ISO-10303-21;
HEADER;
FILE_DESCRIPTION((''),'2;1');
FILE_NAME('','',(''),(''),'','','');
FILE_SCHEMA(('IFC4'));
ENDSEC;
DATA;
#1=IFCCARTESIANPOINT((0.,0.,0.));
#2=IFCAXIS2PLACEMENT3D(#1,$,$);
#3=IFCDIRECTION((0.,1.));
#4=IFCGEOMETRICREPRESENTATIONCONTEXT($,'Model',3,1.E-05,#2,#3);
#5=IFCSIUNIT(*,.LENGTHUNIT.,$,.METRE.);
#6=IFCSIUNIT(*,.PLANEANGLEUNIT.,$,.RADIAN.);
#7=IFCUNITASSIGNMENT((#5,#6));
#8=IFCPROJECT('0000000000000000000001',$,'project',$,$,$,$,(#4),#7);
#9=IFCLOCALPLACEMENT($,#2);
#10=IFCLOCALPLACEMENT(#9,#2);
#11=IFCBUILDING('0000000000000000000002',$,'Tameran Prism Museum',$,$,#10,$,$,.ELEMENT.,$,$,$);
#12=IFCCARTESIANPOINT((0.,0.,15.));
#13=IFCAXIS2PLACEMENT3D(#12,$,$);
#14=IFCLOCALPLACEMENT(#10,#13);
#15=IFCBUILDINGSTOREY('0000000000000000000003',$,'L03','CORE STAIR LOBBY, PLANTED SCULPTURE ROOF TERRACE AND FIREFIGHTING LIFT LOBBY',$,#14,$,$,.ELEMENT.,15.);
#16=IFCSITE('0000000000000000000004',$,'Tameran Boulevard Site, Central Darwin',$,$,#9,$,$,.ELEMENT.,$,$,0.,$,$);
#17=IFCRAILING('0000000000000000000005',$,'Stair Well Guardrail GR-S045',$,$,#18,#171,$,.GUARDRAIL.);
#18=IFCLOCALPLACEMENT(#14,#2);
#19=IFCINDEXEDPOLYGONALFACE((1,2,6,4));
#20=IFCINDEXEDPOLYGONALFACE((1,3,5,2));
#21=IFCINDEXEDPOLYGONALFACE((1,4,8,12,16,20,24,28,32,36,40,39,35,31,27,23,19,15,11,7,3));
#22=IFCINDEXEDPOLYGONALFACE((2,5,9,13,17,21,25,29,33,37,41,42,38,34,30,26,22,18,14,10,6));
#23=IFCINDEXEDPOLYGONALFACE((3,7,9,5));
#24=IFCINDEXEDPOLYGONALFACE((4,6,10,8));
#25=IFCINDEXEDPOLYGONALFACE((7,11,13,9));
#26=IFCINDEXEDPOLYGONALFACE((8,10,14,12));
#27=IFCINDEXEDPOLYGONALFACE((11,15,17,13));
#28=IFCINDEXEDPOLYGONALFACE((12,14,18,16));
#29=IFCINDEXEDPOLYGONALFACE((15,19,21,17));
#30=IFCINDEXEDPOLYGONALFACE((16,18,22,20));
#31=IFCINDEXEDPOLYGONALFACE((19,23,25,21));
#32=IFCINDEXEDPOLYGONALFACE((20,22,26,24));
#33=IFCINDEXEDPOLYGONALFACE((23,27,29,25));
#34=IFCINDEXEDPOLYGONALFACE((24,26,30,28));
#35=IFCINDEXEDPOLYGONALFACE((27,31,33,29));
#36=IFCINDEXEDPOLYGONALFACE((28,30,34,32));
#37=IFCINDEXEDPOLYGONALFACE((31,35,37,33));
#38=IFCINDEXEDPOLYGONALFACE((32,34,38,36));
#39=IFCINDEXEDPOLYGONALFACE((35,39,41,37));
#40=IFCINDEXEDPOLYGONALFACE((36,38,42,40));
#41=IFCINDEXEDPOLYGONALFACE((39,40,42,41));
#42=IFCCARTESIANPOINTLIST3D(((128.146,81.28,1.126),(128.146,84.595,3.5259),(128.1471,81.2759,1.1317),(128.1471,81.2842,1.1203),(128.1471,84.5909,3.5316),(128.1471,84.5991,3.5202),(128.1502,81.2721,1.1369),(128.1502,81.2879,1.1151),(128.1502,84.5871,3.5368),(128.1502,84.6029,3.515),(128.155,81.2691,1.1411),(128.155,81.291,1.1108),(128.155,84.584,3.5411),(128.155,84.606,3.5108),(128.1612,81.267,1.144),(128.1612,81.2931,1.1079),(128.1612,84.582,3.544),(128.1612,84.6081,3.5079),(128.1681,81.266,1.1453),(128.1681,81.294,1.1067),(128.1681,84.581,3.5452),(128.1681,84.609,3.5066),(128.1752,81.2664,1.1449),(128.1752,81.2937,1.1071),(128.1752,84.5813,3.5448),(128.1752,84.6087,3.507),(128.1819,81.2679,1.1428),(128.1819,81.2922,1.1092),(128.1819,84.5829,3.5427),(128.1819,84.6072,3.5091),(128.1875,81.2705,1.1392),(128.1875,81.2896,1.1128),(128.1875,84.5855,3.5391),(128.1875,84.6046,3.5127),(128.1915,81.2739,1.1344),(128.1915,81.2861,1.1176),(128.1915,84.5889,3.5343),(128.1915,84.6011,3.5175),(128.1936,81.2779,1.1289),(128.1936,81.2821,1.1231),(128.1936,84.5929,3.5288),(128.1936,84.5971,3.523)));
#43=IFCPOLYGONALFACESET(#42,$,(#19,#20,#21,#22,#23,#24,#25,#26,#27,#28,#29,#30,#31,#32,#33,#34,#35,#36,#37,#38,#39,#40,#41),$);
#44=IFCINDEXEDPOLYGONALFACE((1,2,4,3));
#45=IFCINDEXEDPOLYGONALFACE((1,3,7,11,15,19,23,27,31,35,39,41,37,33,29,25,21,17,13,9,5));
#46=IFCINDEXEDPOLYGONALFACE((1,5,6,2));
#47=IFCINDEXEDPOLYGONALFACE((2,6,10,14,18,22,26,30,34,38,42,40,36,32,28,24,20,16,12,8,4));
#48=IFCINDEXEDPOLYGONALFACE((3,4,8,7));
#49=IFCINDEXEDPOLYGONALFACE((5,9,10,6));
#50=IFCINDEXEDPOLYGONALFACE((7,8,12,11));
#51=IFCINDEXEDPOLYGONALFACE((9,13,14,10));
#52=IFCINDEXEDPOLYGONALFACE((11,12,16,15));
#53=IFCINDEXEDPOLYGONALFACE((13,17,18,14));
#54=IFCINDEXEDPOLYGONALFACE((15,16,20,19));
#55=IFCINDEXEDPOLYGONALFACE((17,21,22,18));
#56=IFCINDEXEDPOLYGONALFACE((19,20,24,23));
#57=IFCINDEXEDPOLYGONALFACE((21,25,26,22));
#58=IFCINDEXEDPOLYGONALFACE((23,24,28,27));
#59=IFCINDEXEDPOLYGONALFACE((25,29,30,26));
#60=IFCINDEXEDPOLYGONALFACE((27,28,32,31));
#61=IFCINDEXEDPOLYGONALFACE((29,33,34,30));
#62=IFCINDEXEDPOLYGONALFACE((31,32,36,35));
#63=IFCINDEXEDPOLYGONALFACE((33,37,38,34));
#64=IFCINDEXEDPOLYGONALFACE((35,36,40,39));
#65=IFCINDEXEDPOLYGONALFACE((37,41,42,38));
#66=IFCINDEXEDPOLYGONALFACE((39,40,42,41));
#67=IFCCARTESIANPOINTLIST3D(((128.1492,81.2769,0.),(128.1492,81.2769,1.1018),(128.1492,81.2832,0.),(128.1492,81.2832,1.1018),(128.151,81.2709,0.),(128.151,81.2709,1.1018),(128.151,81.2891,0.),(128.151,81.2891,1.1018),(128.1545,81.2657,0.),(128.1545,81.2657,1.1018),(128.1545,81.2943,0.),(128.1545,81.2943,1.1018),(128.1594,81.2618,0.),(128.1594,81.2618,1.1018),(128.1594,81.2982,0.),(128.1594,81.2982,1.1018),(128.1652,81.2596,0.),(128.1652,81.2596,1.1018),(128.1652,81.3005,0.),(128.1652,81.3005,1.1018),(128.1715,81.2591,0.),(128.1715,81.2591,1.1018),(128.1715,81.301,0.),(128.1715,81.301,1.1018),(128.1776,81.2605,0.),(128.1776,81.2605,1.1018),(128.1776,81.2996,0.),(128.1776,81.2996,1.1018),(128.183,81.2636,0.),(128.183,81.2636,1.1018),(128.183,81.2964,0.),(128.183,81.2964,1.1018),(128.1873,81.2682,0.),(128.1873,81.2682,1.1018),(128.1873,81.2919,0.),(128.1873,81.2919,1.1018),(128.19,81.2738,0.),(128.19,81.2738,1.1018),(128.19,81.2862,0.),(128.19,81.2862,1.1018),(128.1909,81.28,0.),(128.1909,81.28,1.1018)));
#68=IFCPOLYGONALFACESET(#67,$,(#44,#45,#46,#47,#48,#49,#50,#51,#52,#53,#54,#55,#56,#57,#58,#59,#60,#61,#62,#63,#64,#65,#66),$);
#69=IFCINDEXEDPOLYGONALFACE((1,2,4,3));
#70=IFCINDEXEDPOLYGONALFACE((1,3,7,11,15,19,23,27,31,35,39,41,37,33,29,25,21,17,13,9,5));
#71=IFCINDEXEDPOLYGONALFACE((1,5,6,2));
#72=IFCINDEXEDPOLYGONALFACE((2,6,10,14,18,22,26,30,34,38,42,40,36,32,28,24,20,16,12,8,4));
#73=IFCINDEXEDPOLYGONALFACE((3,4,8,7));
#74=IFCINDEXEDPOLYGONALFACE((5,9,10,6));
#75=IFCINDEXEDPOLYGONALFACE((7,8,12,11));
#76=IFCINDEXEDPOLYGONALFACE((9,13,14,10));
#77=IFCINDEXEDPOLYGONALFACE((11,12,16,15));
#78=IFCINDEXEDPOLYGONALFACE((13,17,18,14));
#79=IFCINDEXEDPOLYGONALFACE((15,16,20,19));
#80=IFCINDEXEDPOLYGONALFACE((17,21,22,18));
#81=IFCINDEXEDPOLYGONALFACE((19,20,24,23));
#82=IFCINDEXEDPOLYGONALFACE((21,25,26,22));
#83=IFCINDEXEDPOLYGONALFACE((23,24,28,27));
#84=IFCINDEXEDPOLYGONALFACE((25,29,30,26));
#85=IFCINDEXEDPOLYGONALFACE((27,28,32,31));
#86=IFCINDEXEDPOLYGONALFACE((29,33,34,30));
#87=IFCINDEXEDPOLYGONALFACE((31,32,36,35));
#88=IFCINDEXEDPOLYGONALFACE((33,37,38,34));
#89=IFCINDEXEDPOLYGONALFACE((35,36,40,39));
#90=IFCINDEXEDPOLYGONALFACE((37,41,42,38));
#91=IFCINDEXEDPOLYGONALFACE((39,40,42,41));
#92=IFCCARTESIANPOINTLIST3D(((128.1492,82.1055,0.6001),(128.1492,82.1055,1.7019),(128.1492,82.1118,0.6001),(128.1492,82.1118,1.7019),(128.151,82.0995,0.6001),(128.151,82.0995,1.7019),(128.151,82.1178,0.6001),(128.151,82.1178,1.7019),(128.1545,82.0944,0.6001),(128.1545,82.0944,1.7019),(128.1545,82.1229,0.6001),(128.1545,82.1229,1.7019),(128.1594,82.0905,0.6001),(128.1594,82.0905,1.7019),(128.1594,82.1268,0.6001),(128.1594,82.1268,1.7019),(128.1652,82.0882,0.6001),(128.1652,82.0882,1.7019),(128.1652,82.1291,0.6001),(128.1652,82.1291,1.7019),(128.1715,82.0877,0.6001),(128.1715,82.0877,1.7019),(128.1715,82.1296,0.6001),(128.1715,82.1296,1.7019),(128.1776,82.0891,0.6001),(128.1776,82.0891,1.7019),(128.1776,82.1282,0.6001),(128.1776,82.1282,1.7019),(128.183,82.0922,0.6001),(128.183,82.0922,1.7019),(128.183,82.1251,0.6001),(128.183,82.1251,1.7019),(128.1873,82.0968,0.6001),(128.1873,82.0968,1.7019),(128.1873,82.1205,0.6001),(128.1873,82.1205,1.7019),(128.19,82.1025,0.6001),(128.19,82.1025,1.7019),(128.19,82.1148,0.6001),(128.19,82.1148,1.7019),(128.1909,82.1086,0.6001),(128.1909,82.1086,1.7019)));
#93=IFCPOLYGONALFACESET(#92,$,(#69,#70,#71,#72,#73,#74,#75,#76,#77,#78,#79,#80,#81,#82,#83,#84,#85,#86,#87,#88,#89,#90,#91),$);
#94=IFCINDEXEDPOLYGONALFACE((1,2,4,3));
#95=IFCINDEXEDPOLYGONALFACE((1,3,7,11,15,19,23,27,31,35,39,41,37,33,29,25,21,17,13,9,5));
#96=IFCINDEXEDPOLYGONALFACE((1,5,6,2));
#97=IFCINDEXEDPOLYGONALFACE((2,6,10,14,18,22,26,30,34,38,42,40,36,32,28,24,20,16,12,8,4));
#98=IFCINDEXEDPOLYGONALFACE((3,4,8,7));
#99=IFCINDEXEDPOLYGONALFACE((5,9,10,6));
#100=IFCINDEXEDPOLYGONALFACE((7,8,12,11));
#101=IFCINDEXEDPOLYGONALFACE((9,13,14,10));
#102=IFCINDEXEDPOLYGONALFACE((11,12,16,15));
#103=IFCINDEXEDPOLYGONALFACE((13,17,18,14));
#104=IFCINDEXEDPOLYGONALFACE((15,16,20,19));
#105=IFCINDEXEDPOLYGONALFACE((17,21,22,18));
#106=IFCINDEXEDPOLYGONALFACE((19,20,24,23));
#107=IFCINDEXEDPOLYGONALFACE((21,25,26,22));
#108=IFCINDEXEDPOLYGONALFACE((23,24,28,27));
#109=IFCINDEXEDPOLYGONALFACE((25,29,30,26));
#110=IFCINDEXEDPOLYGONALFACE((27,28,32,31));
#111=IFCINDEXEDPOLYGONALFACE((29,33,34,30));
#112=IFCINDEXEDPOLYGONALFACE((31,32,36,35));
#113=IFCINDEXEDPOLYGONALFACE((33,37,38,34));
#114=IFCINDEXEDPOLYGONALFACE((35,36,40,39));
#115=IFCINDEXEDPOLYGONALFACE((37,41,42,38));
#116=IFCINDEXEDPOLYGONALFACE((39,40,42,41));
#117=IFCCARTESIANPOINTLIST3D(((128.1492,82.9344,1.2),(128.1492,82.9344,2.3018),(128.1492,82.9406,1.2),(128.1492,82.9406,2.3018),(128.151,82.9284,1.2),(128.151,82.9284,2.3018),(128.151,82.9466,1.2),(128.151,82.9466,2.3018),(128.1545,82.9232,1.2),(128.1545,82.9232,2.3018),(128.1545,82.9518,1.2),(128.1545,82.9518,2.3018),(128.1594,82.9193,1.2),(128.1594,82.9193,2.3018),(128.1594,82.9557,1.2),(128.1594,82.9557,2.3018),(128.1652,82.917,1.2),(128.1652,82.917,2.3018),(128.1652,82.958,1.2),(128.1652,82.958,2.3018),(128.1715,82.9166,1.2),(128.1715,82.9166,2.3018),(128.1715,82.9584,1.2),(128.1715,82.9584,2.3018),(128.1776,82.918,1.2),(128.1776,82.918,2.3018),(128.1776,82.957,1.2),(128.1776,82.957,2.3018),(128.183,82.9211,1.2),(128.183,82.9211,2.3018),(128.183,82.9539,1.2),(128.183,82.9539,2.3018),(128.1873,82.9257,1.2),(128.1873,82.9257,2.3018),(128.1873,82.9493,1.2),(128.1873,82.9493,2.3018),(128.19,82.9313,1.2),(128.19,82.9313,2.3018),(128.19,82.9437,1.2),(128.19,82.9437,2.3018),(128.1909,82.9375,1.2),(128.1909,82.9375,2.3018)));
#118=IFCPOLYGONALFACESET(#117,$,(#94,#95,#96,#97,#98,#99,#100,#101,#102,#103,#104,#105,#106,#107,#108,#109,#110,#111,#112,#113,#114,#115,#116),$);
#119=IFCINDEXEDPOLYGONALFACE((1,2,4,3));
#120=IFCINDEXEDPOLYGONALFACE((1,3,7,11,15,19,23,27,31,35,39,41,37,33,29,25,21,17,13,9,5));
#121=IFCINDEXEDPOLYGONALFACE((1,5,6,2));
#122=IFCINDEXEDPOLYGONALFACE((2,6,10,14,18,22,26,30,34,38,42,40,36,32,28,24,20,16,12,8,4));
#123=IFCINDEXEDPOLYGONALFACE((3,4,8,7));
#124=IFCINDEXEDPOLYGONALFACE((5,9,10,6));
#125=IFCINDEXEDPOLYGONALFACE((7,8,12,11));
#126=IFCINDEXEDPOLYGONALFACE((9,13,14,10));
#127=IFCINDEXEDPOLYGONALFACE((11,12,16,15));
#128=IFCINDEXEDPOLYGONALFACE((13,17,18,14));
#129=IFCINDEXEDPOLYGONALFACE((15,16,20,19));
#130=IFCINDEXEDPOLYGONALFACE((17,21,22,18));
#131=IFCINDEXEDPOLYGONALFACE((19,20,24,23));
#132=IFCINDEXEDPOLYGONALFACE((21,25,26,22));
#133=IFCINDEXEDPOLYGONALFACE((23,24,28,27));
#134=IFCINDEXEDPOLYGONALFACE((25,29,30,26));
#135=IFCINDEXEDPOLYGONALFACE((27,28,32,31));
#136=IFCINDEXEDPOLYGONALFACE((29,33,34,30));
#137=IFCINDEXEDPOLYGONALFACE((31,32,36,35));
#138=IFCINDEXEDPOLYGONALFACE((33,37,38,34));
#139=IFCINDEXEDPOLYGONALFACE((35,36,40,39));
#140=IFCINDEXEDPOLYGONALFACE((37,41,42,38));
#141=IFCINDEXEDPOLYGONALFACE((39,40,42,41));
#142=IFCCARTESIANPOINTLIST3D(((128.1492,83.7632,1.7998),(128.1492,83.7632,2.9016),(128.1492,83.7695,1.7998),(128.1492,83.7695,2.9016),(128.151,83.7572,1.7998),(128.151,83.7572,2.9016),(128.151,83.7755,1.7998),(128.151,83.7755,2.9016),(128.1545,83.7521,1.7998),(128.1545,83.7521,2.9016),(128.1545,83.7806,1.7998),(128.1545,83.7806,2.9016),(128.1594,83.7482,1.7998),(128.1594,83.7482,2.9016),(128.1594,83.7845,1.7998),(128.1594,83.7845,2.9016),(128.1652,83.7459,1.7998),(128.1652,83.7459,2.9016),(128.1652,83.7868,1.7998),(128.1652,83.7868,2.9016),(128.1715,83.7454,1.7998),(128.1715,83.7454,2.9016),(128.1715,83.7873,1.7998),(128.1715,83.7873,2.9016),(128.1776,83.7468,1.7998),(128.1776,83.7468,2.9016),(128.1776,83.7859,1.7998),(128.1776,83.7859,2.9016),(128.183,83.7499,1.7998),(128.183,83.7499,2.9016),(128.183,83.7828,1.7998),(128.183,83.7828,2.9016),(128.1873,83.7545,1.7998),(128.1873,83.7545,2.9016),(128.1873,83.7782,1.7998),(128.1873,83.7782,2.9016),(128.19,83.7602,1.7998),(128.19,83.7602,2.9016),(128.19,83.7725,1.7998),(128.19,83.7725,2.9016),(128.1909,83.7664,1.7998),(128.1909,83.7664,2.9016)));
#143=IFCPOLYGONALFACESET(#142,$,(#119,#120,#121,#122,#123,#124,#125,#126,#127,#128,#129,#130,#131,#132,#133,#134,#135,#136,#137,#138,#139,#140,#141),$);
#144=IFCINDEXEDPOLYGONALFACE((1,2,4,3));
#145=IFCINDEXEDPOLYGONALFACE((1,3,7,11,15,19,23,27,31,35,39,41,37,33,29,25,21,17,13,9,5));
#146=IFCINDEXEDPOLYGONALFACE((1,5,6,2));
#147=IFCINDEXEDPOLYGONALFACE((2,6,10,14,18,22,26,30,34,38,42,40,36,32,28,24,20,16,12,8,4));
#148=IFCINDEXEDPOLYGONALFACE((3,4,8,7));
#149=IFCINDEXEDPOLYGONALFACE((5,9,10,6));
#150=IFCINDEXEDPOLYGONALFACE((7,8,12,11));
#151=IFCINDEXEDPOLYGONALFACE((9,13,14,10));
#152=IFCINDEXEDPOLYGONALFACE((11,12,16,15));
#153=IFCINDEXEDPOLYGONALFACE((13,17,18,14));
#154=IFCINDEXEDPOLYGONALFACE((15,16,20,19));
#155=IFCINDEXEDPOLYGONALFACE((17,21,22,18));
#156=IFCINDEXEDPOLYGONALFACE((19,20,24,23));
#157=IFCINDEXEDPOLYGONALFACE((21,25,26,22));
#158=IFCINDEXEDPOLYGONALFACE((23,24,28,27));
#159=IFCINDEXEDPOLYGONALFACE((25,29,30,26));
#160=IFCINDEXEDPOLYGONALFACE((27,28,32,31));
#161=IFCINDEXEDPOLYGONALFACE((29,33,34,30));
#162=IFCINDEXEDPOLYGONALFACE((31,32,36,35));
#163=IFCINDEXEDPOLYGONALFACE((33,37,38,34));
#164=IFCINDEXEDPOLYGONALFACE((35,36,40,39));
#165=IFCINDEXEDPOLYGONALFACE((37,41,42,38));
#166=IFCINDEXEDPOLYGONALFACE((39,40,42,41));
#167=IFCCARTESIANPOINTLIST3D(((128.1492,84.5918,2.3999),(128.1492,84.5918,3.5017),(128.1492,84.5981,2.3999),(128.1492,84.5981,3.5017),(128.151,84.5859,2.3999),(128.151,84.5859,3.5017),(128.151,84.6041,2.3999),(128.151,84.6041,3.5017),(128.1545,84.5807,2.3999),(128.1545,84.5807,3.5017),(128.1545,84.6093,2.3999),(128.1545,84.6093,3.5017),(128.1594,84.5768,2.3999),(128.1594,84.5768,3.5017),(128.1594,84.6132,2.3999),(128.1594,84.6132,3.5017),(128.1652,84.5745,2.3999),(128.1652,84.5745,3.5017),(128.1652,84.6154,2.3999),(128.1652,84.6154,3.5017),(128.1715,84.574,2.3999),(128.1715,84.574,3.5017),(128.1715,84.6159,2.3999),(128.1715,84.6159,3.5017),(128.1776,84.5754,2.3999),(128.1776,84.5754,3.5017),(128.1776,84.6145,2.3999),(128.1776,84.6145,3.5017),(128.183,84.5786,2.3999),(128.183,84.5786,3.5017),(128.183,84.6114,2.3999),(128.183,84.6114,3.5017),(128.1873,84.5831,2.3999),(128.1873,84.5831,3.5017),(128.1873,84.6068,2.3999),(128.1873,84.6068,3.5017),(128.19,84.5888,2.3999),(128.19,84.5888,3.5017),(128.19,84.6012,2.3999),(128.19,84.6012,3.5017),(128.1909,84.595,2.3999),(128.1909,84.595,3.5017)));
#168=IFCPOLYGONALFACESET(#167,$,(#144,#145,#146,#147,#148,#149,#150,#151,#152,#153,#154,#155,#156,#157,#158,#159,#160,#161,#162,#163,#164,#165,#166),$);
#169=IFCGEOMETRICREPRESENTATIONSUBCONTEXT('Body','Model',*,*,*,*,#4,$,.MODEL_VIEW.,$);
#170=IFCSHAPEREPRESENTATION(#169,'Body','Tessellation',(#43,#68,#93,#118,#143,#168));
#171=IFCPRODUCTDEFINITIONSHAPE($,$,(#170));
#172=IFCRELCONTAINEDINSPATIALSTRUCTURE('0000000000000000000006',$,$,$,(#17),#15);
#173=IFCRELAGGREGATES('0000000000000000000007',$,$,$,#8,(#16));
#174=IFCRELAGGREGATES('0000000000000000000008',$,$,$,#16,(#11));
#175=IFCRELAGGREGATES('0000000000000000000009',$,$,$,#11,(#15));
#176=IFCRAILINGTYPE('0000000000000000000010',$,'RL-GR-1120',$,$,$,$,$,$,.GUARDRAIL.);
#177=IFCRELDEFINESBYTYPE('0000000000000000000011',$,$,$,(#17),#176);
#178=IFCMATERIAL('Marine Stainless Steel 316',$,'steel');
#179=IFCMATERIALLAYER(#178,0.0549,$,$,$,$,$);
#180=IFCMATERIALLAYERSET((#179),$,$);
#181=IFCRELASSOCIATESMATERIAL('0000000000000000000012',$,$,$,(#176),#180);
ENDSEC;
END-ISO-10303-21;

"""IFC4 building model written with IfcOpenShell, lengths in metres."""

from ifc_helpers import new_model, si_unit, direction, frame, origin, origin_2d, place, context, subcontext, project, spatial, circle, extrude, material, layer, layer_set, type_object, element, save


model = new_model("IFC4")

# Units and contexts
model_context = context("Model", 3, precision=1e-05, world=origin(), true_north=direction((0.0, 1.0)))
body_context = subcontext(model_context, "Body", "Model", "MODEL_VIEW")
ifc_project = project(units=[si_unit("LENGTHUNIT", "METRE"), si_unit("PLANEANGLEUNIT", "RADIAN")], contexts=[model_context])

# Site, building, storey
site_placement = place(None, origin())
site = spatial("IfcSite", under=ifc_project, at=site_placement, Name="Tameran Boulevard Site, Central Darwin", CompositionType="ELEMENT", RefElevation=0.0)
building_placement = place(site_placement, origin())
building = spatial("IfcBuilding", under=site, at=building_placement, Name="Tameran Prism Museum", CompositionType="ELEMENT")
storey_placement = place(building_placement, frame((0.0, 0.0, 15.0)))
storey = spatial("IfcBuildingStorey", under=building, at=storey_placement, Name="L03", Description="CORE STAIR LOBBY, PLANTED SCULPTURE ROOF TERRACE AND FIREFIGHTING LIFT LOBBY", CompositionType="ELEMENT", Elevation=15.0)

# Railing
ifc_material_1 = material(Name="Marine Stainless Steel 316", Category="steel")
ifc_layer_1 = layer(ifc_material_1, 0.0549)
ifc_layer_set_1 = layer_set([ifc_layer_1])
railing_type_1 = type_object("IfcRailingType", Name="RL-GR-1120", PredefinedType="GUARDRAIL", material=ifc_layer_set_1)
railing_1_placement = place(storey_placement, frame((128.1699, 81.28, 0.0)))
element("IfcRailing", 1, at=railing_1_placement, inside=storey, type_object=railing_type_1, Name="Stair Well Guardrail GR-S045", PredefinedType="GUARDRAIL", context=body_context, shape_type="SweptSolid", body=[
    extrude(circle(Radius=0.0239, at=origin_2d()), frame((0.0, 0.0, 1.126), z_axis=(0.0, 0.810009, 0.586418), x_axis=(-1.0, 0.0, 0.0)), (0.0, 0.0, 1.0), 4.0925),
    extrude(circle(Radius=0.021, at=origin_2d()), origin(), (0.0, 0.0, 1.0), 1.1018),
    extrude(circle(Radius=0.021, at=origin_2d()), frame((0.0, 0.8286, 0.6001)), (0.0, 0.0, 1.0), 1.1018),
    extrude(circle(Radius=0.021, at=origin_2d()), frame((0.0, 1.6575, 1.2)), (0.0, 0.0, 1.0), 1.1018),
    extrude(circle(Radius=0.021, at=origin_2d()), frame((0.0, 2.4863, 1.7998)), (0.0, 0.0, 1.0), 1.1018),
    extrude(circle(Radius=0.021, at=origin_2d()), frame((0.0, 3.3149, 2.3999)), (0.0, 0.0, 1.0), 1.1018),
])

save(model, "model.ifc")
